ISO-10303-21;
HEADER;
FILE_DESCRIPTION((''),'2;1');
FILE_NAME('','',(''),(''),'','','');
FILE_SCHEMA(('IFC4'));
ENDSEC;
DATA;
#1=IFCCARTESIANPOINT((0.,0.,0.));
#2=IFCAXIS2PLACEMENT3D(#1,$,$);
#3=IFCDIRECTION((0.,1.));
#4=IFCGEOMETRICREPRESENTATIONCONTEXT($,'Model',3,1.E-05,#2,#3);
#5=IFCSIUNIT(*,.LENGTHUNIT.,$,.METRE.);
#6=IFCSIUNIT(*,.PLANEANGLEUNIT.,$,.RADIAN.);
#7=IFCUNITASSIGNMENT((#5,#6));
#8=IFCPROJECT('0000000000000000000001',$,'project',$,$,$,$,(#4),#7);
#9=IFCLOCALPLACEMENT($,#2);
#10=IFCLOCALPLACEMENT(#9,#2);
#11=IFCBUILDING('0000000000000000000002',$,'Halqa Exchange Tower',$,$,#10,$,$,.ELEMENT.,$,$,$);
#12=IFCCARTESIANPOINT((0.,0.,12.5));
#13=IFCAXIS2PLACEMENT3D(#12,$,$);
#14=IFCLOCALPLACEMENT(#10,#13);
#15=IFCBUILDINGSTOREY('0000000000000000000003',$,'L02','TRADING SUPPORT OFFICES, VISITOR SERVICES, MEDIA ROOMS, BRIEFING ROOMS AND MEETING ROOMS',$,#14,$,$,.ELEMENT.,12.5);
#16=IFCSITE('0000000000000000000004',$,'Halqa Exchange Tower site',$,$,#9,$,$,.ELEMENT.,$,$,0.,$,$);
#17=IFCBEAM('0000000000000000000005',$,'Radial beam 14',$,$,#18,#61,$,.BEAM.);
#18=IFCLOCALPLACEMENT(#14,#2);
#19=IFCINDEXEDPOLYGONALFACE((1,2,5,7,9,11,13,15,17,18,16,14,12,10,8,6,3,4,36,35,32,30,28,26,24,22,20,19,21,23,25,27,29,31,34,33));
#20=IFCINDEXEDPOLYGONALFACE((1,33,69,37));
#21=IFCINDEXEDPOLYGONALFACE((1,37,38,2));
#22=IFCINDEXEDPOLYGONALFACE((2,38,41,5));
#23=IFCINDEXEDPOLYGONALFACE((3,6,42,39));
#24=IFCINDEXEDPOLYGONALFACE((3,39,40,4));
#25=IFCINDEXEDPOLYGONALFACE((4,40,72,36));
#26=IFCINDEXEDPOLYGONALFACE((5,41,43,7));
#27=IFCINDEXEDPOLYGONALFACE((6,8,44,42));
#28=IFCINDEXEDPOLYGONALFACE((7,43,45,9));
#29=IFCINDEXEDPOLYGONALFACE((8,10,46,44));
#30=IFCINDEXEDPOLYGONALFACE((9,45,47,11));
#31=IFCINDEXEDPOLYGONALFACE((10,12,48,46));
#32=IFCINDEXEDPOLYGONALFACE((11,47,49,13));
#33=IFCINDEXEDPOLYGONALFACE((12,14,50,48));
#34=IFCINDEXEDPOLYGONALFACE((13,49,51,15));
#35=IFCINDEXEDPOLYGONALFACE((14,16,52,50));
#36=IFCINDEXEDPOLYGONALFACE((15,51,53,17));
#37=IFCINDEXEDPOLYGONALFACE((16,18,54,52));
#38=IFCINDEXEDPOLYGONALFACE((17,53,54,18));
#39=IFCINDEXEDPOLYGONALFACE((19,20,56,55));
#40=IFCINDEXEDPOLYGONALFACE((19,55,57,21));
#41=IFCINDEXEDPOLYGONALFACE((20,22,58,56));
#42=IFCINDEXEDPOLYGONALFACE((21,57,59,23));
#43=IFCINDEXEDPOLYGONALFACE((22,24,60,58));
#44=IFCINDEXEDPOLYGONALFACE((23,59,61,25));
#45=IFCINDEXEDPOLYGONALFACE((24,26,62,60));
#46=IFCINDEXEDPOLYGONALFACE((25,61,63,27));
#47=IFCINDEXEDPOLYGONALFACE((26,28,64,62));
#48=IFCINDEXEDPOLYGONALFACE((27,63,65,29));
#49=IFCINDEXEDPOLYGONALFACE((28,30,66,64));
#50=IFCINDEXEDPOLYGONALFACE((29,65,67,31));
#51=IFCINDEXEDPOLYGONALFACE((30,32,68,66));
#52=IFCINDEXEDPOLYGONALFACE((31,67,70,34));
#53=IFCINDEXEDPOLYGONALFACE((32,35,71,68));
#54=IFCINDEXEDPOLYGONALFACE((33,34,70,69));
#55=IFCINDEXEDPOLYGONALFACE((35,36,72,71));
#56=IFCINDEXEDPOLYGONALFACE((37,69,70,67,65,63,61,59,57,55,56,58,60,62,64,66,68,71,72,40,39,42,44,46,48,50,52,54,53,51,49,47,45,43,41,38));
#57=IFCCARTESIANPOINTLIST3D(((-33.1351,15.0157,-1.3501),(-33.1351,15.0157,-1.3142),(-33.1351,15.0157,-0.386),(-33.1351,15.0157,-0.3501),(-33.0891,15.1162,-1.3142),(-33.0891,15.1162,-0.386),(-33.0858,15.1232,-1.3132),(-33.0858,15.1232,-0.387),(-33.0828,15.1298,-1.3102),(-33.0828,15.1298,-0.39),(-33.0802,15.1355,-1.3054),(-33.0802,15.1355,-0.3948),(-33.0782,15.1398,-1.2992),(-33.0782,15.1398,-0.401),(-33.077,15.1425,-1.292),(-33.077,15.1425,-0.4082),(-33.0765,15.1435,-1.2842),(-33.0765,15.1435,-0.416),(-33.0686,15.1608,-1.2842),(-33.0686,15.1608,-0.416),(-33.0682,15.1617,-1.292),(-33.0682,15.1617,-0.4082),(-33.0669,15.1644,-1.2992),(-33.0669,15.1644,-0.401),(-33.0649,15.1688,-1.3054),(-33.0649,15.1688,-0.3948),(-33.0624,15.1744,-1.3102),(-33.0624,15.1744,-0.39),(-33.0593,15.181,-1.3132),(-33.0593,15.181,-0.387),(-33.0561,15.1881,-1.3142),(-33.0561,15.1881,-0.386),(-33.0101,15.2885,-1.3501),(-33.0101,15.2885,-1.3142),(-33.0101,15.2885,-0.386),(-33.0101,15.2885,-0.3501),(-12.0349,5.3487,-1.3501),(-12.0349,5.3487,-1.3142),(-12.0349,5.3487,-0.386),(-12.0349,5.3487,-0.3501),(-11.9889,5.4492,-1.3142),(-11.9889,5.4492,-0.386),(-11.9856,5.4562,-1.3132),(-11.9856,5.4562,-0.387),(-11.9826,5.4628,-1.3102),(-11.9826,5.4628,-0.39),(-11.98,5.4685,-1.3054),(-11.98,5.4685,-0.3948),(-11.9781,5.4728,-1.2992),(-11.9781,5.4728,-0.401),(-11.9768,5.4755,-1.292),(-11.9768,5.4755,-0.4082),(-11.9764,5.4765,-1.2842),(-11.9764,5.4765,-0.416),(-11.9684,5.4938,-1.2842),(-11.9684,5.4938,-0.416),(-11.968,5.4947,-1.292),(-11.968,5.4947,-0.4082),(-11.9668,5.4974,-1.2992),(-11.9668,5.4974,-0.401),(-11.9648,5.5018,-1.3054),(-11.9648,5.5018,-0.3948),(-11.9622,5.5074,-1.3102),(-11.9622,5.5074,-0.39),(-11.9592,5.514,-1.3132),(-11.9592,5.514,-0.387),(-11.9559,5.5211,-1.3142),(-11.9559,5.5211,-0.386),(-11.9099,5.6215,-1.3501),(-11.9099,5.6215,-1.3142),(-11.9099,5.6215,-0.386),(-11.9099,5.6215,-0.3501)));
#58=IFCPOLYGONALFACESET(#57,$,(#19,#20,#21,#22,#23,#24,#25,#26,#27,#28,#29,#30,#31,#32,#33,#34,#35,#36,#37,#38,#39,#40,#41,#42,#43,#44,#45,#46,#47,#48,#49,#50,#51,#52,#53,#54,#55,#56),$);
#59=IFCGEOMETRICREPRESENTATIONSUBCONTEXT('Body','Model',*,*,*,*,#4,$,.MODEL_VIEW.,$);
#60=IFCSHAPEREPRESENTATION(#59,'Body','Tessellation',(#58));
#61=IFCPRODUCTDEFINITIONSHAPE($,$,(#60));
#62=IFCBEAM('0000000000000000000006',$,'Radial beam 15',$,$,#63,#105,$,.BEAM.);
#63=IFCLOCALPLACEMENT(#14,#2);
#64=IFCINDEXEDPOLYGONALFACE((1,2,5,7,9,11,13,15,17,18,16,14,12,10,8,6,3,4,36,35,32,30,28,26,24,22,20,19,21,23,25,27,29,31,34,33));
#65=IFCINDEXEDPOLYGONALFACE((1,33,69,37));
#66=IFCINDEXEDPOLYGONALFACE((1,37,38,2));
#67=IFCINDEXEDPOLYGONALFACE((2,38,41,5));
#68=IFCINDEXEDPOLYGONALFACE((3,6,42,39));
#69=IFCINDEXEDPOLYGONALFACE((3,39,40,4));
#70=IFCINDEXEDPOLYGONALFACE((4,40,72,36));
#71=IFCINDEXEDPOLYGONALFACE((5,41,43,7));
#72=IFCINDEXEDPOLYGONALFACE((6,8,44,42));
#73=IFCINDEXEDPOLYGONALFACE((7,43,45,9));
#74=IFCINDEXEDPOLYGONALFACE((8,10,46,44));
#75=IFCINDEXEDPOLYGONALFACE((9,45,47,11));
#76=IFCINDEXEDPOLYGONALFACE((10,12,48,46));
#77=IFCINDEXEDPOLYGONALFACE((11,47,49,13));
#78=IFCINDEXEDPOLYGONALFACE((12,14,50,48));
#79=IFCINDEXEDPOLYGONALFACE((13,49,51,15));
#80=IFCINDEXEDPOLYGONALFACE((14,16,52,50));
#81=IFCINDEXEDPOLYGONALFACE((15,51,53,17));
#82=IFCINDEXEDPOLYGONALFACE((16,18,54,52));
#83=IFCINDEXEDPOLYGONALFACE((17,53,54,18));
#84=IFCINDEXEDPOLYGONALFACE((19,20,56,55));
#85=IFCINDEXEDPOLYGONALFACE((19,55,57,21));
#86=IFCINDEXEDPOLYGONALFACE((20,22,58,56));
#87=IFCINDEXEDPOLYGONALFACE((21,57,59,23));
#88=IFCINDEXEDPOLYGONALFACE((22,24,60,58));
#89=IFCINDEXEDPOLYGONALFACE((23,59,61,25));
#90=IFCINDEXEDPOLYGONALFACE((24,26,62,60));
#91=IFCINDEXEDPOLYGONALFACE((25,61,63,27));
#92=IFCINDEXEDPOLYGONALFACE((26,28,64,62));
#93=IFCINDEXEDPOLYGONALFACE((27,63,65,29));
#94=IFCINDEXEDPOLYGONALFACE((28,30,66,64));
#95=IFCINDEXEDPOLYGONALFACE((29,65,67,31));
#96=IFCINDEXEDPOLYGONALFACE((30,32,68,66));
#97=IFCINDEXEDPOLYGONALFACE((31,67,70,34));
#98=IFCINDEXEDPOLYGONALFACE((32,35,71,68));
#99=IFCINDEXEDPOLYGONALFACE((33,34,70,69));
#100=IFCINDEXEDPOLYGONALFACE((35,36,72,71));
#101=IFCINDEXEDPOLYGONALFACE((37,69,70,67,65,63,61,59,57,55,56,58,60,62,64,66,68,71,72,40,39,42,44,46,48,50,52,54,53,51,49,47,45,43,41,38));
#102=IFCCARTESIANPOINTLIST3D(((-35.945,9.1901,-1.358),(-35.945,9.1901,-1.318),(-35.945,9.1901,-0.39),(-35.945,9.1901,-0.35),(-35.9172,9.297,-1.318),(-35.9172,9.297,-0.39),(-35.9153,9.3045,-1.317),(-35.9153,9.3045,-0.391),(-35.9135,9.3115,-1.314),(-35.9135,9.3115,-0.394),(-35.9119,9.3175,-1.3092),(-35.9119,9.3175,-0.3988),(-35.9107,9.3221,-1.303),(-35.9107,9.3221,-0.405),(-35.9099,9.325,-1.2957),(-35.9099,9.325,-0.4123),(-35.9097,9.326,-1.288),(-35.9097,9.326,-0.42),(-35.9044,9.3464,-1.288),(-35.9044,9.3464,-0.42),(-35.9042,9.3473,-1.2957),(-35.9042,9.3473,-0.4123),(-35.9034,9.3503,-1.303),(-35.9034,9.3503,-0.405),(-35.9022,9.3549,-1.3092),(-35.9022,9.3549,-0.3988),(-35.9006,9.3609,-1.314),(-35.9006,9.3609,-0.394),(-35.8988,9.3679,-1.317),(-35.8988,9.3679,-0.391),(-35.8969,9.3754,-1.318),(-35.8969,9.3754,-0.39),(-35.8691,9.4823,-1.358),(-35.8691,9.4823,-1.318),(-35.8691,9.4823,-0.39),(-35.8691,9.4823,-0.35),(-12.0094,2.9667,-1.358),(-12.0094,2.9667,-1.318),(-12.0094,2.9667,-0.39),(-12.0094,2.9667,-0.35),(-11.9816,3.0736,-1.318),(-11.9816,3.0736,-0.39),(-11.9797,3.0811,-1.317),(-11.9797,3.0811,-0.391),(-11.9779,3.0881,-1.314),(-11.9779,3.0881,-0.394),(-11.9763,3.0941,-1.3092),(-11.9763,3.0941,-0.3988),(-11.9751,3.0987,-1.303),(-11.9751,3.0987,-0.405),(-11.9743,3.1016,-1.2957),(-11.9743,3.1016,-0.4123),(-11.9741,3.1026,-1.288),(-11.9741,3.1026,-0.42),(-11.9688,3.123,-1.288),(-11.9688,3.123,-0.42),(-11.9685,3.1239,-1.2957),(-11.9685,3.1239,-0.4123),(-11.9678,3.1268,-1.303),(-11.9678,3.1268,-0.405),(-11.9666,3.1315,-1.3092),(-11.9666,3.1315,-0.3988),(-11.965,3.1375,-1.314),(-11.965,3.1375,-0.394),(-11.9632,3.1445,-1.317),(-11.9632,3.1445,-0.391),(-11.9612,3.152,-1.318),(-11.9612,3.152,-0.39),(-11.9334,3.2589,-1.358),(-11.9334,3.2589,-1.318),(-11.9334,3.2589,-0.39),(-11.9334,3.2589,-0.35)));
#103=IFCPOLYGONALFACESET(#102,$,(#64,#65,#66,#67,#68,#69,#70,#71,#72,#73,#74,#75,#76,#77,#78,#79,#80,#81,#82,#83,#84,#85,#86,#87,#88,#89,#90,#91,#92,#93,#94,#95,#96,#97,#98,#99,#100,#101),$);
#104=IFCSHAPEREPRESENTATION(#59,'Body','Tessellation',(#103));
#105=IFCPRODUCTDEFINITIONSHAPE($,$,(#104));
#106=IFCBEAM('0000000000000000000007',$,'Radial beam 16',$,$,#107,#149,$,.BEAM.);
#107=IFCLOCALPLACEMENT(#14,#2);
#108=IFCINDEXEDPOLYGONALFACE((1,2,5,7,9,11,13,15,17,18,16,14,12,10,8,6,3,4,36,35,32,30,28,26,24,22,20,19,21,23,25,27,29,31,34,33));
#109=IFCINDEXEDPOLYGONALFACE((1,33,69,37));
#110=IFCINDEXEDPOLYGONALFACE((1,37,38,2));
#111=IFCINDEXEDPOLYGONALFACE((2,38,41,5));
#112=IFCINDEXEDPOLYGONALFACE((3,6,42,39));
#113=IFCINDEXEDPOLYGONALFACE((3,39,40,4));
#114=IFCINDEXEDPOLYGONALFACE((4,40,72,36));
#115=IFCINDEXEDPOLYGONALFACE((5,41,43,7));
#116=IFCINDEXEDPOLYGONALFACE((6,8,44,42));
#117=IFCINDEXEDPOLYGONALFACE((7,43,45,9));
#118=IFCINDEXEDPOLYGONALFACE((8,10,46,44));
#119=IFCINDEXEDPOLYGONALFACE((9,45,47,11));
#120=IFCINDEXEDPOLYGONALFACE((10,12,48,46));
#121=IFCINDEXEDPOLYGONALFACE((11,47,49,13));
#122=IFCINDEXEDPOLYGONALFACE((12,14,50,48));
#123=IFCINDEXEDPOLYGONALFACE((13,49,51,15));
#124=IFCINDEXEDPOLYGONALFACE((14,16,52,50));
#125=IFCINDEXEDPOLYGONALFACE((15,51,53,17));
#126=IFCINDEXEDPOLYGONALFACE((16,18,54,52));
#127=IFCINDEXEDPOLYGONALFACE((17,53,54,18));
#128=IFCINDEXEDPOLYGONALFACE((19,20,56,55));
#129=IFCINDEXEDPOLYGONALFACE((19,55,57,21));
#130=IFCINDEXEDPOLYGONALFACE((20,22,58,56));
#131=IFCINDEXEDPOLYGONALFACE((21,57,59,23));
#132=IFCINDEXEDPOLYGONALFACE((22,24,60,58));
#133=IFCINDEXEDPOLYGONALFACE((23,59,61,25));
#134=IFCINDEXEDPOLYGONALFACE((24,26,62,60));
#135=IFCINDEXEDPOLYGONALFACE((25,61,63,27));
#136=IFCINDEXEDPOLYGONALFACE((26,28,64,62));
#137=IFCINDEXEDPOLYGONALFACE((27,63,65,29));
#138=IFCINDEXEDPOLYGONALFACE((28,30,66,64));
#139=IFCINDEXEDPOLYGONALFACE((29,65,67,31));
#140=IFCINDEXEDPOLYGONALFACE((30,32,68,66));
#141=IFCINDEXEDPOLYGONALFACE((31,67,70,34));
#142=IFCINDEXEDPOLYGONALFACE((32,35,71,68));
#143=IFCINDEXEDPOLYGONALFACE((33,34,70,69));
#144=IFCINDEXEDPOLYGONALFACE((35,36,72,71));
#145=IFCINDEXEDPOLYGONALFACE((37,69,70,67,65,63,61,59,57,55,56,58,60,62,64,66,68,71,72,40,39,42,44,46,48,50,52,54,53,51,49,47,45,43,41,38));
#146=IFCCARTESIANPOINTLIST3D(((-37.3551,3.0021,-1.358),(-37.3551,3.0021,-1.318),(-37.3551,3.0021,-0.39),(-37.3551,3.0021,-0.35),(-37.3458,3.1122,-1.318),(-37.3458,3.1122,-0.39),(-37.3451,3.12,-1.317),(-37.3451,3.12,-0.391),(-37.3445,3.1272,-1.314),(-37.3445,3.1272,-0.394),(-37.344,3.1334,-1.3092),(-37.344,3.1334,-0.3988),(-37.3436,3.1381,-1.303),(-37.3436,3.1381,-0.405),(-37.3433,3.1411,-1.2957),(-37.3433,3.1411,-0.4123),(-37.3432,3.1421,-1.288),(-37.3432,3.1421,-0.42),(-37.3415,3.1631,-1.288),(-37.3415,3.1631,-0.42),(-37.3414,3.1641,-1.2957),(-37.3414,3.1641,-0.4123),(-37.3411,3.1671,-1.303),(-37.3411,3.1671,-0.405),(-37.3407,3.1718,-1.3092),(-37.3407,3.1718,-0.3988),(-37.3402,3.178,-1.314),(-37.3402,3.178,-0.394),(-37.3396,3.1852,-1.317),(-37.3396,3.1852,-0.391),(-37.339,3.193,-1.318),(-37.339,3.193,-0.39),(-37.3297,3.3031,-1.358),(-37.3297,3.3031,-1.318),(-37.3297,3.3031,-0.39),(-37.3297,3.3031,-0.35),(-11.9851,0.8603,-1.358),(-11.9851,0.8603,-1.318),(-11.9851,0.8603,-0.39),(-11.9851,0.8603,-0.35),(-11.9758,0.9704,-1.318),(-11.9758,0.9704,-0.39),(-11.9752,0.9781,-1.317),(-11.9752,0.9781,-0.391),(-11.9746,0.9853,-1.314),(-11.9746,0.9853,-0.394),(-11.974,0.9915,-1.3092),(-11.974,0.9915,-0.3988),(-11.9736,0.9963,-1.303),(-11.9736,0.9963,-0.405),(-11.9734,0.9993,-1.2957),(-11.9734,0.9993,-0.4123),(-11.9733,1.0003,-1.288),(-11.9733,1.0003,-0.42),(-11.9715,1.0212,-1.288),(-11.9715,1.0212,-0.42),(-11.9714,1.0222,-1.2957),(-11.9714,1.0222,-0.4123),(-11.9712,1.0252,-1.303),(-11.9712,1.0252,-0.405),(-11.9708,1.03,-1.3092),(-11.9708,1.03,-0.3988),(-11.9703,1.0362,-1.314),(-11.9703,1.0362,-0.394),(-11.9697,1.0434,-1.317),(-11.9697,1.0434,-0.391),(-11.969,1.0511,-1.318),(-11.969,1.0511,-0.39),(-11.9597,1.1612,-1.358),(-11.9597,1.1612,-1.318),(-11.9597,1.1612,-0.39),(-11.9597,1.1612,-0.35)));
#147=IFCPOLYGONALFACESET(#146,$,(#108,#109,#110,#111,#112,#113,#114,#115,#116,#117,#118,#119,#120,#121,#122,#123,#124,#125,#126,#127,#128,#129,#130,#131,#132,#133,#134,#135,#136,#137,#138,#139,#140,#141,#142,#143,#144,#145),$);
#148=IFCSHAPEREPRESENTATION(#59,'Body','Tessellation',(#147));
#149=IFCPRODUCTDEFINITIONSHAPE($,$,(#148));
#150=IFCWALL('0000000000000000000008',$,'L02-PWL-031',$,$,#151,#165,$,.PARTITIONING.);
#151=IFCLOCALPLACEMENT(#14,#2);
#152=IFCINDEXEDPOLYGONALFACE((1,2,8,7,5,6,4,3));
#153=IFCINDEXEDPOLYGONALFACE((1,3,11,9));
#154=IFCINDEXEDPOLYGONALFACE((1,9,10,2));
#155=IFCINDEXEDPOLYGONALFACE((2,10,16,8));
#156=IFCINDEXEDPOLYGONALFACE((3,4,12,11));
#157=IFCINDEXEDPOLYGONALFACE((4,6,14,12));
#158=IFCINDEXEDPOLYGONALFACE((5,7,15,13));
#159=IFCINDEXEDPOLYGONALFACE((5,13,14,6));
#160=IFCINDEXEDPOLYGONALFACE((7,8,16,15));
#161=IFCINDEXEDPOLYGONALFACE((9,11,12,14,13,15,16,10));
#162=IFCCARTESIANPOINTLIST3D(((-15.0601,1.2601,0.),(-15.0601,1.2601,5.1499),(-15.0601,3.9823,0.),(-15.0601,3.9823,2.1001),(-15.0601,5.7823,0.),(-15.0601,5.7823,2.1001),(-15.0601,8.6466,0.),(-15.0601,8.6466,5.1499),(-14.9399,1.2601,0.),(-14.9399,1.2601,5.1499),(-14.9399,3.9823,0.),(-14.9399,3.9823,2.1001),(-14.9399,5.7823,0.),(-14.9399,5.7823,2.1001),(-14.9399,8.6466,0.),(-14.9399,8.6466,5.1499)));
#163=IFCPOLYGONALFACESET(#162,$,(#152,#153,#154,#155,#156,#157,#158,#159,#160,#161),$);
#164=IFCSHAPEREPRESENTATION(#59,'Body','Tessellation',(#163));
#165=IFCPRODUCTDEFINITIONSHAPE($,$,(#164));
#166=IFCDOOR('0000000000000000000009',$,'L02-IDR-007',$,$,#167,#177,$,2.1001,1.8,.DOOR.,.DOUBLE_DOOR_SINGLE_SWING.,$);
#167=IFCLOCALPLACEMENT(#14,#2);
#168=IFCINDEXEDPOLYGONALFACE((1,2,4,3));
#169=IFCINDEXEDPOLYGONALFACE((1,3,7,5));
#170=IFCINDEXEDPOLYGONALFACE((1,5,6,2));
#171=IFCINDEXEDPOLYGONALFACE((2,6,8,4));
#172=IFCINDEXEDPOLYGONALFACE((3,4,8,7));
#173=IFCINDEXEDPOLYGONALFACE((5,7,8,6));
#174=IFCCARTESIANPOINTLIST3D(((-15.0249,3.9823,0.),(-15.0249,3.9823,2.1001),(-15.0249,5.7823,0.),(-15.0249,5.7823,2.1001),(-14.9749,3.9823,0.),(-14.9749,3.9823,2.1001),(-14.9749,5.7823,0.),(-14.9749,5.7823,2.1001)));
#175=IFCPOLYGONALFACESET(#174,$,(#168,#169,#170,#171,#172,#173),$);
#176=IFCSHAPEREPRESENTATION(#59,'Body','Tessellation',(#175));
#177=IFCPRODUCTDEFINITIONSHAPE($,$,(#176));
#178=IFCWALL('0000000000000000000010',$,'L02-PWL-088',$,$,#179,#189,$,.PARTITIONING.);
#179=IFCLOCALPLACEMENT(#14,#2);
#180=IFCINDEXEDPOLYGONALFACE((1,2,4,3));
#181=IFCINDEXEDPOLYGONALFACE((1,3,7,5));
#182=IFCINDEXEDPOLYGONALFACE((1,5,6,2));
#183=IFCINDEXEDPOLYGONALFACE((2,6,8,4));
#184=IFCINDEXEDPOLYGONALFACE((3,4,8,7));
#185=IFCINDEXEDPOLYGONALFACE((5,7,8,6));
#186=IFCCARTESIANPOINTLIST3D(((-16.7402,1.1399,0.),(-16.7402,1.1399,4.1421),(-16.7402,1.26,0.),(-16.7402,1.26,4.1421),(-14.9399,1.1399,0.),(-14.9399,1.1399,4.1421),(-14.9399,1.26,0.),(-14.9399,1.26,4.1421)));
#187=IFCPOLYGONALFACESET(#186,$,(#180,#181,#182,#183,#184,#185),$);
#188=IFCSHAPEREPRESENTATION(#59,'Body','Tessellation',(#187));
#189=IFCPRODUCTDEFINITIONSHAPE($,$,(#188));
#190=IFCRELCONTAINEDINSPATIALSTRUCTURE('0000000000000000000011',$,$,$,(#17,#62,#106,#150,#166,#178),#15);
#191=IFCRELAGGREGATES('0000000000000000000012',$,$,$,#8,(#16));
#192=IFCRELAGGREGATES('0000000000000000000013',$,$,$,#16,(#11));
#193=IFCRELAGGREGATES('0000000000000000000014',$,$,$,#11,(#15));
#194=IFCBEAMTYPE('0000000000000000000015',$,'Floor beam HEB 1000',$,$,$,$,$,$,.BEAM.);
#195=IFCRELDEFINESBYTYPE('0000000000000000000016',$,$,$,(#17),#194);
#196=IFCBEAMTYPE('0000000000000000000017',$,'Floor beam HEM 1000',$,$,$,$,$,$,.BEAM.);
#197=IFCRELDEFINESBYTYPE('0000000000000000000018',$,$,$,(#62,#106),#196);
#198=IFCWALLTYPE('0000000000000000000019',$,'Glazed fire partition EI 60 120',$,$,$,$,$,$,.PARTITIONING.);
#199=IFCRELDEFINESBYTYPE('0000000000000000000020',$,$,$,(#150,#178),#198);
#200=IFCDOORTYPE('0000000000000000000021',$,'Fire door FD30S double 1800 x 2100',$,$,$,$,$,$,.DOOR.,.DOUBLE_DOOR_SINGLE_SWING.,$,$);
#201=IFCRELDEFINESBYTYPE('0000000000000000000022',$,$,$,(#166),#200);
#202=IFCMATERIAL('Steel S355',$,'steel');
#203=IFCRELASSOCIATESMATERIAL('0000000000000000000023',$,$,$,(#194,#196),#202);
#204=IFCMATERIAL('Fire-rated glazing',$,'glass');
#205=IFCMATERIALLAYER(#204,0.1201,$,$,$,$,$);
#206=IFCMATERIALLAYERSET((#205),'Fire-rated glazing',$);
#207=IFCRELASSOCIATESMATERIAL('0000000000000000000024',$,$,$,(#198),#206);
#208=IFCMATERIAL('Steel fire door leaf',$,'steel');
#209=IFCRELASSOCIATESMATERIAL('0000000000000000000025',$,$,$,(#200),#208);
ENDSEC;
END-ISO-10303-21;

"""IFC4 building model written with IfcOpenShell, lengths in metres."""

from ifc_helpers import new_model, si_unit, direction, frame, frame_2d, origin, origin_2d, place, context, subcontext, project, spatial, rectangle, i_section, extrude, material, layer, layer_set, material_profile, profile_set, type_object, element, fill, save


model = new_model("IFC4")

# Units and contexts
model_context = context("Model", 3, precision=1e-05, world=origin(), true_north=direction((0.0, 1.0)))
body_context = subcontext(model_context, "Body", "Model", "MODEL_VIEW")
ifc_project = project(units=[si_unit("LENGTHUNIT", "METRE"), si_unit("PLANEANGLEUNIT", "RADIAN")], contexts=[model_context])

# Site, building, storey
site_placement = place(None, origin())
site = spatial("IfcSite", under=ifc_project, at=site_placement, Name="Halqa Exchange Tower site", CompositionType="ELEMENT", RefElevation=0.0)
building_placement = place(site_placement, origin())
building = spatial("IfcBuilding", under=site, at=building_placement, Name="Halqa Exchange Tower", CompositionType="ELEMENT")
storey_placement = place(building_placement, frame((0.0, 0.0, 12.5)))
storey = spatial("IfcBuildingStorey", under=building, at=storey_placement, Name="L02", Description="TRADING SUPPORT OFFICES, VISITOR SERVICES, MEDIA ROOMS, BRIEFING ROOMS AND MEETING ROOMS", CompositionType="ELEMENT", Elevation=12.5)

# Beams
ifc_material_1 = material(Name="Steel S355", Category="steel")
ifc_material_profile_1 = material_profile(ifc_material_1, i_section(OverallWidth=0.3, OverallDepth=1.0, WebThickness=0.019, FlangeThickness=0.0359, FilletRadius=0.03, at=origin_2d()), Name="HEB 1000")
ifc_profile_set_1 = profile_set([ifc_material_profile_1], Name="Steel S355")
beam_type_1 = type_object("IfcBeamType", Name="Floor beam HEB 1000", PredefinedType="BEAM", material=ifc_profile_set_1)
beam_1_placement = place(storey_placement, frame((-11.9724, 5.4851, -0.8501), z_axis=(-0.909128, 0.416516, 0.0), x_axis=(-0.416516, -0.909128, 0.0)))
element("IfcBeam", 1, at=beam_1_placement, inside=storey, type_object=beam_type_1, Name="Radial beam 14", PredefinedType="BEAM", context=body_context, shape_type="SweptSolid", body=[
    extrude(i_section(OverallWidth=0.3, OverallDepth=1.0, WebThickness=0.019, FlangeThickness=0.0359, FilletRadius=0.03, at=origin_2d()), origin(), (0.0, 0.0, 1.0), 23.2092),
])
ifc_material_profile_2 = material_profile(ifc_material_1, i_section(OverallWidth=0.302, OverallDepth=1.0081, WebThickness=0.021, FlangeThickness=0.04, FilletRadius=0.03, at=origin_2d()), Name="HEM 1000")
ifc_profile_set_2 = profile_set([ifc_material_profile_2], Name="Steel S355")
beam_type_2 = type_object("IfcBeamType", Name="Floor beam HEM 1000", PredefinedType="BEAM", material=ifc_profile_set_2)
beam_2_placement = place(storey_placement, frame((-11.9714, 3.1128, -0.854), z_axis=(-0.967821, 0.251639, 0.0), x_axis=(-0.251639, -0.967821, 0.0)))
element("IfcBeam", 2, at=beam_2_placement, inside=storey, type_object=beam_type_2, Name="Radial beam 15", PredefinedType="BEAM", context=body_context, shape_type="SweptSolid", body=[
    extrude(i_section(OverallWidth=0.302, OverallDepth=1.0081, WebThickness=0.021, FlangeThickness=0.04, FilletRadius=0.03, at=origin_2d()), origin(), (0.0, 0.0, 1.0), 24.7314),
])
beam_3_placement = place(storey_placement, frame((-11.9724, 1.0107, -0.854), z_axis=(-0.996455, 0.084125, 0.0), x_axis=(-0.084125, -0.996455, 0.0)))
element("IfcBeam", 3, at=beam_3_placement, inside=storey, type_object=beam_type_2, Name="Radial beam 16", PredefinedType="BEAM", context=body_context, shape_type="SweptSolid", body=[
    extrude(i_section(OverallWidth=0.302, OverallDepth=1.0081, WebThickness=0.021, FlangeThickness=0.04, FilletRadius=0.03, at=origin_2d()), origin(), (0.0, 0.0, 1.0), 25.4602),
])

# Wall, opening, door
ifc_material_2 = material(Name="Fire-rated glazing", Category="glass")
ifc_layer_1 = layer(ifc_material_2, 0.1201)
ifc_layer_set_1 = layer_set([ifc_layer_1], Name="Fire-rated glazing")
wall_type_1 = type_object("IfcWallType", Name="Glazed fire partition EI 60 120", PredefinedType="PARTITIONING", material=ifc_layer_set_1)
wall_1_placement = place(storey_placement, frame((-15.0, 1.26, 0.0), z_axis=(0.0, 0.0, 1.0), x_axis=(0.0, 1.0, 0.0)))
wall_1 = element("IfcWall", 4, at=wall_1_placement, inside=storey, type_object=wall_type_1, Name="L02-PWL-031", PredefinedType="PARTITIONING", context=body_context, shape_type="SweptSolid", body=[
    extrude(rectangle(XDim=7.3865, YDim=0.1201, at=frame_2d((3.6934, 0.0))), origin(), (0.0, 0.0, 1.0), 5.1499),
])
opening_1_placement = place(wall_1_placement, frame((2.7224, 0.0, 0.0)))
opening_1 = element("IfcOpeningElement", 5, at=opening_1_placement, cuts=wall_1, PredefinedType="OPENING", context=body_context, shape_type="SweptSolid", body=[
    extrude(rectangle(XDim=1.8, YDim=2.1001, at=frame_2d((0.8999, 1.05))), frame((0.0, 0.072, 0.0), z_axis=(0.0, -1.0, 0.0), x_axis=(1.0, 0.0, 0.0)), (0.0, 0.0, 1.0), 0.144),
])
ifc_material_3 = material(Name="Steel fire door leaf", Category="steel")
door_type_1 = type_object("IfcDoorType", Name="Fire door FD30S double 1800 x 2100", OperationType="DOUBLE_DOOR_SINGLE_SWING", PredefinedType="DOOR", material=ifc_material_3)
door_1_placement = place(opening_1_placement, origin())
door_1 = element("IfcDoor", 6, at=door_1_placement, inside=storey, type_object=door_type_1, Name="L02-IDR-007", OperationType="DOUBLE_DOOR_SINGLE_SWING", OverallHeight=2.1001, OverallWidth=1.8, PredefinedType="DOOR", context=body_context, shape_type="SweptSolid", body=[
    extrude(rectangle(XDim=1.8, YDim=2.1001, at=frame_2d((0.8999, 1.05))), frame((0.0, 0.0249, 0.0), z_axis=(0.0, -1.0, 0.0), x_axis=(1.0, 0.0, 0.0)), (0.0, 0.0, 1.0), 0.05),
])
fill(opening_1, door_1)

# Wall
wall_2_placement = place(storey_placement, frame((-16.7402, 1.2, 0.0), z_axis=(0.0, 0.0, 1.0), x_axis=(1.0, 0.0, 0.0)))
element("IfcWall", 7, at=wall_2_placement, inside=storey, type_object=wall_type_1, Name="L02-PWL-088", PredefinedType="PARTITIONING", context=body_context, shape_type="SweptSolid", body=[
    extrude(rectangle(XDim=1.8003, YDim=0.1201, at=frame_2d((0.9001, 0.0))), origin(), (0.0, 0.0, 1.0), 4.1421),
])

save(model, "model.ifc")
